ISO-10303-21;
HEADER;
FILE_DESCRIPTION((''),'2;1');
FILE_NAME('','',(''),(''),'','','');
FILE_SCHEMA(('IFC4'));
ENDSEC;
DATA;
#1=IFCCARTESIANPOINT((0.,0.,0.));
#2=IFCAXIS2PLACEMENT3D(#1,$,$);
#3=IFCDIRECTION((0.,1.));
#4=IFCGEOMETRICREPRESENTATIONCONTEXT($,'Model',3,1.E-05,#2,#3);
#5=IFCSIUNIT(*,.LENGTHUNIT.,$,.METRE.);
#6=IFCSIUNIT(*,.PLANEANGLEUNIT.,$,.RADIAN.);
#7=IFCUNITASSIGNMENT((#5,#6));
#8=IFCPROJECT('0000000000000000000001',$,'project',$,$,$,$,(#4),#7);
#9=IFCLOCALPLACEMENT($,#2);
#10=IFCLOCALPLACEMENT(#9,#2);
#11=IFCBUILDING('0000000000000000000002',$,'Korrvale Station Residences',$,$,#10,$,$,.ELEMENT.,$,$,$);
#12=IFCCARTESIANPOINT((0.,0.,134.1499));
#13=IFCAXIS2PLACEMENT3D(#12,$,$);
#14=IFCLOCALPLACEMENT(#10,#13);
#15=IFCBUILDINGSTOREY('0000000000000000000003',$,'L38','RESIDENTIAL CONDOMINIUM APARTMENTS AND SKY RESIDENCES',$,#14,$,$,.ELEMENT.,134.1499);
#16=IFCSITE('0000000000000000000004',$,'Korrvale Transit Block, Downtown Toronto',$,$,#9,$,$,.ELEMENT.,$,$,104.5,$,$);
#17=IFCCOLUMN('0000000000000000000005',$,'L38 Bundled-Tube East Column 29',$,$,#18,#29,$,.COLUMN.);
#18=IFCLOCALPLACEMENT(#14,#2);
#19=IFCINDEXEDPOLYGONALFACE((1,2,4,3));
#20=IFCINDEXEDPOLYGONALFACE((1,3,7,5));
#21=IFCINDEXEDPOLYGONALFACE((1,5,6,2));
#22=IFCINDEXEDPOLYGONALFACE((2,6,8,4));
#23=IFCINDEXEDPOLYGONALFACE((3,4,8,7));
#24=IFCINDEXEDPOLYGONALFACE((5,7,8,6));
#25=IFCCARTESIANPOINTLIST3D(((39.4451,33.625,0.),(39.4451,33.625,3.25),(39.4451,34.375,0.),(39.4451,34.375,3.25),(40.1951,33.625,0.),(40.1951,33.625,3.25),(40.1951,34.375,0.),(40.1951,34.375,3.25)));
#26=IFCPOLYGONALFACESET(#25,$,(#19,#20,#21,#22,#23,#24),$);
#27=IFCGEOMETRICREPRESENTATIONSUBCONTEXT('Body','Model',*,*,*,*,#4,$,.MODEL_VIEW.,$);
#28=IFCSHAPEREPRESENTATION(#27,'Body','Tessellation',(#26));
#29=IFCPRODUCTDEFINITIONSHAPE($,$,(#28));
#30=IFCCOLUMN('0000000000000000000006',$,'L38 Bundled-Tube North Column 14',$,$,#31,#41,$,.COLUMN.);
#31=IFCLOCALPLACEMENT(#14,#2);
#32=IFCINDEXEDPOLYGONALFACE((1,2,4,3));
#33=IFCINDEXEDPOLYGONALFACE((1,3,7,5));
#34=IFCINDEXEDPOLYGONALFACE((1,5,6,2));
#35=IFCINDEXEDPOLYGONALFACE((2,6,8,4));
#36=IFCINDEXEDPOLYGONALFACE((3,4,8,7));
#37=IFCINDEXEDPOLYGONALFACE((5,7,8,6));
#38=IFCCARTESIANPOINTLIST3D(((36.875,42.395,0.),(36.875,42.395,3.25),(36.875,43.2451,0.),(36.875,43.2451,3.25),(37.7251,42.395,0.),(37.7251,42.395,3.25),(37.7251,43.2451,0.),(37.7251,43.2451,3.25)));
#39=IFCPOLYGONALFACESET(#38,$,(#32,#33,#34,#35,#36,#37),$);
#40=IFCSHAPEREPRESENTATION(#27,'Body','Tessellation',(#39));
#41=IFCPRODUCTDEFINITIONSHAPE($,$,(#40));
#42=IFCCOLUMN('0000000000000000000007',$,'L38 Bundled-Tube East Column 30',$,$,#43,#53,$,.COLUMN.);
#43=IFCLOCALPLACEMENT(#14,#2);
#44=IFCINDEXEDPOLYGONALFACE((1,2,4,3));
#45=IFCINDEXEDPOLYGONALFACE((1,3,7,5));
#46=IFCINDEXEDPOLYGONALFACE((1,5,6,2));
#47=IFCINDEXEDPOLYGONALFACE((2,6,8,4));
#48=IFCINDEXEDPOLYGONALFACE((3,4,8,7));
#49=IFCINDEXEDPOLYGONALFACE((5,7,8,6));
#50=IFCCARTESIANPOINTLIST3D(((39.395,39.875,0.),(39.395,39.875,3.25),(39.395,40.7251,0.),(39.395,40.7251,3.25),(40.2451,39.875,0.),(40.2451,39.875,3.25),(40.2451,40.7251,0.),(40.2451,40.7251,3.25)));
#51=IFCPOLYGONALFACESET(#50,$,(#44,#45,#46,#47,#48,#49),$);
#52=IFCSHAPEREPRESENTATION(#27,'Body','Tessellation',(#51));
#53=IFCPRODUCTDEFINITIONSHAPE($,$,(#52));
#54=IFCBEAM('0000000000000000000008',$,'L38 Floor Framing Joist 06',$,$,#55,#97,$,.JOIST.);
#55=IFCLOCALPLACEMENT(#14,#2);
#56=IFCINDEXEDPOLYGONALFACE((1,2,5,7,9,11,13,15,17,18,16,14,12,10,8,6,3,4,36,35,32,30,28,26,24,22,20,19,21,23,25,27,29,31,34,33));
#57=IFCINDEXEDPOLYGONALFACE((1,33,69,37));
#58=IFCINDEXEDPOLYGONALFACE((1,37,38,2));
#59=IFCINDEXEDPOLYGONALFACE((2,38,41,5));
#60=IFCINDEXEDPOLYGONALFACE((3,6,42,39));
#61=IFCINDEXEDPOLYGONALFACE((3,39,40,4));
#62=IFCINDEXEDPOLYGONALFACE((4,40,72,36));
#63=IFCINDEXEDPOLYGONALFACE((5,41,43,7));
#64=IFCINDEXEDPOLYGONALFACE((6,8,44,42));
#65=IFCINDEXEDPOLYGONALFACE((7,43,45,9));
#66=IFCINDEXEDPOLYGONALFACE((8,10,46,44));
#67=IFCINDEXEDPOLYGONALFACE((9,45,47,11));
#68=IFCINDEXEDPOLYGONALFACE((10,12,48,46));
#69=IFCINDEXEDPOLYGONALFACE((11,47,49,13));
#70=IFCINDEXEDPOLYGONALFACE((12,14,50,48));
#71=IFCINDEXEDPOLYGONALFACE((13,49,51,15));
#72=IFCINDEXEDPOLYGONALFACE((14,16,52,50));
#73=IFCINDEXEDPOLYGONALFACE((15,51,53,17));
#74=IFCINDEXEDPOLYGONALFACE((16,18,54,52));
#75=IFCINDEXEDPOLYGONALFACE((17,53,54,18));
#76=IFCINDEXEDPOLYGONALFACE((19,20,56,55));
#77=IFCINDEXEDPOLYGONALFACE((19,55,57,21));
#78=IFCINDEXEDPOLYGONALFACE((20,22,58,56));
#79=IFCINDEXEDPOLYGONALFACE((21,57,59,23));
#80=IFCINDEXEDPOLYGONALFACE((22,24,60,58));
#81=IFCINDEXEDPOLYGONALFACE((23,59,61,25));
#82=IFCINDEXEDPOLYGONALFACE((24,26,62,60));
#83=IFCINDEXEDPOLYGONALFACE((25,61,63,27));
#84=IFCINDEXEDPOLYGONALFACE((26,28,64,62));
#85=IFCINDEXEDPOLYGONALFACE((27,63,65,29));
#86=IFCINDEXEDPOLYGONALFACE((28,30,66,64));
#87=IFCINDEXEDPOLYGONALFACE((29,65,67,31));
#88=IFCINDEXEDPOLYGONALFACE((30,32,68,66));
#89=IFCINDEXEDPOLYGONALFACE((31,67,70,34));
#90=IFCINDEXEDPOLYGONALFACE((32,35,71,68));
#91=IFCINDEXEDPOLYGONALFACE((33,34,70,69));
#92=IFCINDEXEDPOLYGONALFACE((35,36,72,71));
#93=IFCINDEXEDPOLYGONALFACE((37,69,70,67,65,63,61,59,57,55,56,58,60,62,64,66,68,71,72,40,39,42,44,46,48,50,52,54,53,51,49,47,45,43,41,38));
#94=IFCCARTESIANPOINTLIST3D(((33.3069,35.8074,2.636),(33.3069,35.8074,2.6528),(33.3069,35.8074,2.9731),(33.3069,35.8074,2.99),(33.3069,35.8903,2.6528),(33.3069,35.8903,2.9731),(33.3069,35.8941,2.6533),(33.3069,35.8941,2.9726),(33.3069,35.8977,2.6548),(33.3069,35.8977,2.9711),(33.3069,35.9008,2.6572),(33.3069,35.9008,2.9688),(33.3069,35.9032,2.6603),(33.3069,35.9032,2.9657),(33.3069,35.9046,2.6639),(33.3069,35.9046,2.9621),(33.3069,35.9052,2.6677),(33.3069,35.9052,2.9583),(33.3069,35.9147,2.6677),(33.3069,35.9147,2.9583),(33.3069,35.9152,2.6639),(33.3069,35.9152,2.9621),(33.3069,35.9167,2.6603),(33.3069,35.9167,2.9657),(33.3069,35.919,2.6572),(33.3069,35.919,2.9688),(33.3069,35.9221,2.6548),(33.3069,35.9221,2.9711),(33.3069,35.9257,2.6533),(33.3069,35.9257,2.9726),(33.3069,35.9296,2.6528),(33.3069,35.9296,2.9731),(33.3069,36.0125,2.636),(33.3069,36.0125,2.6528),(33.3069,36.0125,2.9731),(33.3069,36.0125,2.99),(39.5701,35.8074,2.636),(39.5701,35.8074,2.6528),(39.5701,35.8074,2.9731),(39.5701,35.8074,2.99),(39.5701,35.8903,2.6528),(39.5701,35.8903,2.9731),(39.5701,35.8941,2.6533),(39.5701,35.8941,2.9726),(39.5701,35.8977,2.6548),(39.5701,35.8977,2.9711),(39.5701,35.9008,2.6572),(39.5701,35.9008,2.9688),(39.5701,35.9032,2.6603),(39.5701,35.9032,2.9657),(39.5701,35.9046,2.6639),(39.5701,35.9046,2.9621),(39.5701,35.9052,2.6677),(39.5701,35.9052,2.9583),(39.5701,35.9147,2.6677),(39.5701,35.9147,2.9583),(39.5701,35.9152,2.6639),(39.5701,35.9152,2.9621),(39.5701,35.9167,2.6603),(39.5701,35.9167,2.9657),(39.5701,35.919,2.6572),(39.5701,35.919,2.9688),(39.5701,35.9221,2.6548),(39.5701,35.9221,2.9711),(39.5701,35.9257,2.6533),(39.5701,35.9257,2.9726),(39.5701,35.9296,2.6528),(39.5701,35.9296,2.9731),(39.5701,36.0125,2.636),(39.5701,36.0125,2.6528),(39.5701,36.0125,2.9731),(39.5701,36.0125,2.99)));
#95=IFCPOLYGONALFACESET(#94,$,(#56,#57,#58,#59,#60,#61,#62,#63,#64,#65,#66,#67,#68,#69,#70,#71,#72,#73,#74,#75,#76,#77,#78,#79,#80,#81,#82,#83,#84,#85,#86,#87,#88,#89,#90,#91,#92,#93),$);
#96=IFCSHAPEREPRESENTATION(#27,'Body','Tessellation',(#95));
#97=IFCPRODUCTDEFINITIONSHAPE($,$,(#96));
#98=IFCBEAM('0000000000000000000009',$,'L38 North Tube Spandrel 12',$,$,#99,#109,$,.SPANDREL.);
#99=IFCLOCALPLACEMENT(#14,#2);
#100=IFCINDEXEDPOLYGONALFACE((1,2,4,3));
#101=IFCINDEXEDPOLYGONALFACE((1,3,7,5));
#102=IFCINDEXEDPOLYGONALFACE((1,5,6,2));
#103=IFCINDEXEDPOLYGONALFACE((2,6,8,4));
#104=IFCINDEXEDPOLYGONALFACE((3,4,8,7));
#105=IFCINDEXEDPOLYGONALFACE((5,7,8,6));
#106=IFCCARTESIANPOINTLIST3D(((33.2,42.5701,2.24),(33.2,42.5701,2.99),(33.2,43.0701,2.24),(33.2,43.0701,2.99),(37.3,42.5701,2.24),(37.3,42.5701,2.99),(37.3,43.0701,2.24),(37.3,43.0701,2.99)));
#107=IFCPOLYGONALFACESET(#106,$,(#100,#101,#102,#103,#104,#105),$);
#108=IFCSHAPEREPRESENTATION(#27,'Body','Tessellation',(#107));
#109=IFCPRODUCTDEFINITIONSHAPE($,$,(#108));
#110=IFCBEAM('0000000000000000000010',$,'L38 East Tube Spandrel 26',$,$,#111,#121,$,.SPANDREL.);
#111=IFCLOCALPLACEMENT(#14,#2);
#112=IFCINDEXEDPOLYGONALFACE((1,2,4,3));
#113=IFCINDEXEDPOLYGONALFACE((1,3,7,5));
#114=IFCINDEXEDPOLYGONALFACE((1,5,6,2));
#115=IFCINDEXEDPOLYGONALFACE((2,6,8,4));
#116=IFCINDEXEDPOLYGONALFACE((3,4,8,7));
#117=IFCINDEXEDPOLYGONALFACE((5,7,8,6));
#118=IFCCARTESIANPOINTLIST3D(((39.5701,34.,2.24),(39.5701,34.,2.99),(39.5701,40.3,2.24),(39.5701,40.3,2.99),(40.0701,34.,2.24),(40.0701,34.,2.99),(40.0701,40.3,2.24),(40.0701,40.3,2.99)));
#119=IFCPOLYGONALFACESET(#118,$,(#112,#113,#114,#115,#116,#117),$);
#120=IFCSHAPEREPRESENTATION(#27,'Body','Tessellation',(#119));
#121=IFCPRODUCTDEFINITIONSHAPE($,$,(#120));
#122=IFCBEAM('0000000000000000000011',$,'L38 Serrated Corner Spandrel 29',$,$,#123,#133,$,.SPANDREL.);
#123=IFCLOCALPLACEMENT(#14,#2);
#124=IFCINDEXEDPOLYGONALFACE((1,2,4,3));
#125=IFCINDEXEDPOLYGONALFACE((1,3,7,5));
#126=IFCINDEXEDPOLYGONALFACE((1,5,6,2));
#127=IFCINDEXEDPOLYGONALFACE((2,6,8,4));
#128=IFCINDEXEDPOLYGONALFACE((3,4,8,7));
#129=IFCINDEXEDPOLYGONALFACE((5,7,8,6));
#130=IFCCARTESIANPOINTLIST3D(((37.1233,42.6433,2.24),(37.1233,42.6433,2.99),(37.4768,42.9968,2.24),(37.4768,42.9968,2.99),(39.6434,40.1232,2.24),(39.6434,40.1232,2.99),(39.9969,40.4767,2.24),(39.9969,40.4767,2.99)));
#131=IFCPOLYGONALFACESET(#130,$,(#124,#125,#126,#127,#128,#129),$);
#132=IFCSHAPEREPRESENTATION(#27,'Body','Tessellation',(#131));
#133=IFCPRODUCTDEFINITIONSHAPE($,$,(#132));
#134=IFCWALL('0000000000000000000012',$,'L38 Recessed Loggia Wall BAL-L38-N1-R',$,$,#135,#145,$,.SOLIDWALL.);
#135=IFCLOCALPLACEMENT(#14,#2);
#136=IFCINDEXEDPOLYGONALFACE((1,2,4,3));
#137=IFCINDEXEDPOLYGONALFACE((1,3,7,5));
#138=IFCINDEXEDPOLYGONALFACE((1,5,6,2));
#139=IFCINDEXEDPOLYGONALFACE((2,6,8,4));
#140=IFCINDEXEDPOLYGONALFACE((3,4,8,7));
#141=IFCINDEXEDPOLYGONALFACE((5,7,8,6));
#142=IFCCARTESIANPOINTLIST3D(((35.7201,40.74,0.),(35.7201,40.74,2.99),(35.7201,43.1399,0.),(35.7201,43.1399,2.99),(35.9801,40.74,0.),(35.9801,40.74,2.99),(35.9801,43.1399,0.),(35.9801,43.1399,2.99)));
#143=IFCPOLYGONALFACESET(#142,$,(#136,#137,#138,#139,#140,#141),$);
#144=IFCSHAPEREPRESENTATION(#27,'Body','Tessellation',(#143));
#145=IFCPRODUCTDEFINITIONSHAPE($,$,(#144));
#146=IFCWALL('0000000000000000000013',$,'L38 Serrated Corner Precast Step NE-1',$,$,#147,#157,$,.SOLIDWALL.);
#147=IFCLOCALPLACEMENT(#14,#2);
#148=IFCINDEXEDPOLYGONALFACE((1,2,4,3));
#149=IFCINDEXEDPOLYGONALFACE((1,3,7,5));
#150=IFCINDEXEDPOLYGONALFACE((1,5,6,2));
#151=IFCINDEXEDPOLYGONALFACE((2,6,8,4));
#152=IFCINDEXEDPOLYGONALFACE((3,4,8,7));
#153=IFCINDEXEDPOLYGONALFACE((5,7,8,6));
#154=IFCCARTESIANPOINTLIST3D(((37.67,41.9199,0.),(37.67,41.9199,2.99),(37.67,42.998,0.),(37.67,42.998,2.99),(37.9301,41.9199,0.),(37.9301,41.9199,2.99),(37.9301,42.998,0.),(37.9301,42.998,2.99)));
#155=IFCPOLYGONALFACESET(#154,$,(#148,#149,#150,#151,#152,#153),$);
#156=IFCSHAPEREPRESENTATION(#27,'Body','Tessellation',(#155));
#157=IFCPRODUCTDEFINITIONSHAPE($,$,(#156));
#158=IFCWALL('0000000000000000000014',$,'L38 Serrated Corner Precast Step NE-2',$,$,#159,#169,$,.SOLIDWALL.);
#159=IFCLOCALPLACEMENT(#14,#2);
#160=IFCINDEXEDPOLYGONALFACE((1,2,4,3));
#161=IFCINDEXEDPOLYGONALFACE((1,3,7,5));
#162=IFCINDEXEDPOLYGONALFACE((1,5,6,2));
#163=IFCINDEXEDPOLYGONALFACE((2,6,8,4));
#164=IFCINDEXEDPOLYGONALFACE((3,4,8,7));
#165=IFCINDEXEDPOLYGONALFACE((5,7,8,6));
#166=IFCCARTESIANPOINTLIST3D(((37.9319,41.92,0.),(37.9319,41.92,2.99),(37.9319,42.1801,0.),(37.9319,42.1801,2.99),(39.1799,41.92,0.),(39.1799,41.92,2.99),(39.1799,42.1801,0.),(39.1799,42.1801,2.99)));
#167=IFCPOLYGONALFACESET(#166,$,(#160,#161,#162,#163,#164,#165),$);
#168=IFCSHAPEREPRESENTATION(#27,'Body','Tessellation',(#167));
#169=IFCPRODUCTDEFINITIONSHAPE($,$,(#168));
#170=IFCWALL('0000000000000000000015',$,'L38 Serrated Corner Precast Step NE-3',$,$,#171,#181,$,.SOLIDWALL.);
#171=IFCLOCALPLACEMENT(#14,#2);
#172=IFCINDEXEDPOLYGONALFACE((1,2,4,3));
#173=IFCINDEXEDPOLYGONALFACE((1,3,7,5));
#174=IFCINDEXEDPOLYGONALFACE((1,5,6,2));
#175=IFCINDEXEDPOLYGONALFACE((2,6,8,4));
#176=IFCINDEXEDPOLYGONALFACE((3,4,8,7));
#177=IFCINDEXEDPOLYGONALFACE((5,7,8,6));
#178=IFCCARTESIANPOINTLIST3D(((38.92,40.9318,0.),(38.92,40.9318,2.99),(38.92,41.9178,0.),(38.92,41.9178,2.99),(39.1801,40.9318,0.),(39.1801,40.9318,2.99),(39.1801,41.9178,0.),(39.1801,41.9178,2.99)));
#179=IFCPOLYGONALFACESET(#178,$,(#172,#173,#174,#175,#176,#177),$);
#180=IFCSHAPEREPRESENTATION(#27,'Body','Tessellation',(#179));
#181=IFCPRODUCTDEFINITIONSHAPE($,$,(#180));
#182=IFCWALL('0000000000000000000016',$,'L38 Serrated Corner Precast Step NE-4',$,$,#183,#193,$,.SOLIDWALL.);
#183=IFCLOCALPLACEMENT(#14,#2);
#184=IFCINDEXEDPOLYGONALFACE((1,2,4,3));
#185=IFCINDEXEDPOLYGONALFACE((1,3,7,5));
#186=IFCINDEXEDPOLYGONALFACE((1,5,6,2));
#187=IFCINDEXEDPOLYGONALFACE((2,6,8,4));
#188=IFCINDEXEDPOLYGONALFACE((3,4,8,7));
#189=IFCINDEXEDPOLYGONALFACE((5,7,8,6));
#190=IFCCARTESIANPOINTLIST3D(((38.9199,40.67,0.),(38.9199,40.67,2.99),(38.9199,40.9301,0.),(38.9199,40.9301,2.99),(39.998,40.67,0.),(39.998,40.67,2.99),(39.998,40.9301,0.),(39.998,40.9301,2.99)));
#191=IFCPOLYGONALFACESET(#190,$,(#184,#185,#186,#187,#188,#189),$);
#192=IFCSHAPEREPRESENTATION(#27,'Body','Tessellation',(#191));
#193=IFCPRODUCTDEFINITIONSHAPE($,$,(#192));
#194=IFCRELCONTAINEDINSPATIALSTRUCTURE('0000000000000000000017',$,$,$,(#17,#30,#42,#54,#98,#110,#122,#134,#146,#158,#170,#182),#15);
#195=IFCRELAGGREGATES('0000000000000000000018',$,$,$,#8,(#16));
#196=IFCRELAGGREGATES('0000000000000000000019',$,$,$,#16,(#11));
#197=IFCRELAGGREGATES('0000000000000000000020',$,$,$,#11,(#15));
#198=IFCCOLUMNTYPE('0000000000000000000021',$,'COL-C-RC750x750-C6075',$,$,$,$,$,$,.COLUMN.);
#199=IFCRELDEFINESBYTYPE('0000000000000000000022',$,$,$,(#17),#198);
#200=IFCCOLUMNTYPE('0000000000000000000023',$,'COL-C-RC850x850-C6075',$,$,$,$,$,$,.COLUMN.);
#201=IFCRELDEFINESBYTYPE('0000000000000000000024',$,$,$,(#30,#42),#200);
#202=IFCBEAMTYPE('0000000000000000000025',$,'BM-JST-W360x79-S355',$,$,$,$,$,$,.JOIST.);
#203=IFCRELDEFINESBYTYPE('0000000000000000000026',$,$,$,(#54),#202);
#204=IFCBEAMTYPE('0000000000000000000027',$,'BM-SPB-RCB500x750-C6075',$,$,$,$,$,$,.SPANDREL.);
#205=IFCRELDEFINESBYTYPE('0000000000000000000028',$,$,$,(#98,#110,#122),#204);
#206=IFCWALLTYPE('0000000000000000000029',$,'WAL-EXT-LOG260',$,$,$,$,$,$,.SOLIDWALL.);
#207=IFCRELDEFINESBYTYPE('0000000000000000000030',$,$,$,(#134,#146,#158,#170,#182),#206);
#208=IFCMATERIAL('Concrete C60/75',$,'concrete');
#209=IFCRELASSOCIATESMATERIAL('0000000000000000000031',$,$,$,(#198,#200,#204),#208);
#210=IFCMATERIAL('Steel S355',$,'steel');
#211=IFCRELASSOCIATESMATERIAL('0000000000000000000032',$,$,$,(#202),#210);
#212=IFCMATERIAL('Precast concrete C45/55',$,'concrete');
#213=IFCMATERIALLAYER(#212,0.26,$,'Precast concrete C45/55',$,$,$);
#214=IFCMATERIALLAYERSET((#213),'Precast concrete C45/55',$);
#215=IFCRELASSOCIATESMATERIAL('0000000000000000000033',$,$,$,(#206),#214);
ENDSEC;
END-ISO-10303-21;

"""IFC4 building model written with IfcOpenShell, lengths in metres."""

from ifc_helpers import new_model, si_unit, direction, frame, frame_2d, origin, origin_2d, place, context, subcontext, project, spatial, rectangle, i_section, extrude, material, layer, layer_set, material_profile, profile_set, type_object, element, save


model = new_model("IFC4")

# Units and contexts
model_context = context("Model", 3, precision=1e-05, world=origin(), true_north=direction((0.0, 1.0)))
body_context = subcontext(model_context, "Body", "Model", "MODEL_VIEW")
ifc_project = project(units=[si_unit("LENGTHUNIT", "METRE"), si_unit("PLANEANGLEUNIT", "RADIAN")], contexts=[model_context])

# Site, building, storey
site_placement = place(None, origin())
site = spatial("IfcSite", under=ifc_project, at=site_placement, Name="Korrvale Transit Block, Downtown Toronto", CompositionType="ELEMENT", RefElevation=104.5)
building_placement = place(site_placement, origin())
building = spatial("IfcBuilding", under=site, at=building_placement, Name="Korrvale Station Residences", CompositionType="ELEMENT")
storey_placement = place(building_placement, frame((0.0, 0.0, 134.1499)))
storey = spatial("IfcBuildingStorey", under=building, at=storey_placement, Name="L38", Description="RESIDENTIAL CONDOMINIUM APARTMENTS AND SKY RESIDENCES", CompositionType="ELEMENT", Elevation=134.1499)

# Columns
ifc_material_1 = material(Name="Concrete C60/75", Category="concrete")
ifc_material_profile_1 = material_profile(ifc_material_1, rectangle(XDim=0.75, YDim=0.75, at=origin_2d()), Name="RC750x750")
ifc_profile_set_1 = profile_set([ifc_material_profile_1], Name="Concrete C60/75")
column_type_1 = type_object("IfcColumnType", Name="COL-C-RC750x750-C6075", PredefinedType="COLUMN", material=ifc_profile_set_1)
column_placement = place(storey_placement, frame((39.8201, 34.0, 0.0), z_axis=(0.0, 0.0, 1.0), x_axis=(1.0, 0.0, 0.0)))
element("IfcColumn", 1, at=column_placement, inside=storey, type_object=column_type_1, Name="L38 Bundled-Tube East Column 29", PredefinedType="COLUMN", context=body_context, shape_type="SweptSolid", body=[
    extrude(rectangle(XDim=0.75, YDim=0.75, at=origin_2d()), origin(), (0.0, 0.0, 1.0), 3.25),
])
ifc_material_profile_2 = material_profile(ifc_material_1, rectangle(XDim=0.8501, YDim=0.8501, at=origin_2d()), Name="RC850x850")
ifc_profile_set_2 = profile_set([ifc_material_profile_2], Name="Concrete C60/75")
column_type_2 = type_object("IfcColumnType", Name="COL-C-RC850x850-C6075", PredefinedType="COLUMN", material=ifc_profile_set_2)
for number, where, z_axis, x_axis, name in (
    (2, (37.3, 42.8201, 0.0), (0.0, 0.0, 1.0), (1.0, 0.0, 0.0), "L38 Bundled-Tube North Column 14"),
    (3, (39.8201, 40.3, 0.0), (0.0, 0.0, 1.0), (1.0, 0.0, 0.0), "L38 Bundled-Tube East Column 30"),
):
    element("IfcColumn", number, at=place(storey_placement, frame(where, z_axis=z_axis, x_axis=x_axis)), inside=storey, type_object=column_type_2, Name=name, PredefinedType="COLUMN", context=body_context, shape_type="SweptSolid", body=[
        extrude(rectangle(XDim=0.8501, YDim=0.8501, at=origin_2d()), origin(), (0.0, 0.0, 1.0), 3.25),
    ])

# Beams
ifc_material_2 = material(Name="Steel S355", Category="steel")
ifc_material_profile_3 = material_profile(ifc_material_2, i_section(OverallWidth=0.2051, OverallDepth=0.354, WebThickness=0.0095, FlangeThickness=0.0168, FilletRadius=0.0149, at=origin_2d()), Name="W360x79")
ifc_profile_set_3 = profile_set([ifc_material_profile_3], Name="Steel S355")
beam_type_1 = type_object("IfcBeamType", Name="BM-JST-W360x79-S355", PredefinedType="JOIST", material=ifc_profile_set_3)
beam_1_placement = place(storey_placement, frame((33.3069, 35.9099, 2.813), z_axis=(1.0, 0.0, 0.0), x_axis=(0.0, 1.0, 0.0)))
element("IfcBeam", 4, at=beam_1_placement, inside=storey, type_object=beam_type_1, Name="L38 Floor Framing Joist 06", PredefinedType="JOIST", context=body_context, shape_type="SweptSolid", body=[
    extrude(i_section(OverallWidth=0.2051, OverallDepth=0.354, WebThickness=0.0095, FlangeThickness=0.0168, FilletRadius=0.0149, at=origin_2d()), origin(), (0.0, 0.0, 1.0), 6.2632),
])
ifc_material_profile_4 = material_profile(ifc_material_1, rectangle(XDim=0.5, YDim=0.75, at=origin_2d()), Name="RCB500x750")
ifc_profile_set_4 = profile_set([ifc_material_profile_4], Name="Concrete C60/75")
beam_type_2 = type_object("IfcBeamType", Name="BM-SPB-RCB500x750-C6075", PredefinedType="SPANDREL", material=ifc_profile_set_4)
beam_2_placement = place(storey_placement, frame((33.2, 42.8201, 2.615), z_axis=(1.0, 0.0, 0.0), x_axis=(0.0, 1.0, 0.0)))
element("IfcBeam", 5, at=beam_2_placement, inside=storey, type_object=beam_type_2, Name="L38 North Tube Spandrel 12", PredefinedType="SPANDREL", context=body_context, shape_type="SweptSolid", body=[
    extrude(rectangle(XDim=0.5, YDim=0.75, at=origin_2d()), origin(), (0.0, 0.0, 1.0), 4.1001),
])
beam_3_placement = place(storey_placement, frame((39.8201, 34.0, 2.615), z_axis=(0.0, 1.0, 0.0), x_axis=(-1.0, 0.0, 0.0)))
element("IfcBeam", 6, at=beam_3_placement, inside=storey, type_object=beam_type_2, Name="L38 East Tube Spandrel 26", PredefinedType="SPANDREL", context=body_context, shape_type="SweptSolid", body=[
    extrude(rectangle(XDim=0.5, YDim=0.75, at=origin_2d()), origin(), (0.0, 0.0, 1.0), 6.3),
])
beam_4_placement = place(storey_placement, frame((37.3, 42.8201, 2.615), z_axis=(0.707107, -0.707107, 0.0), x_axis=(0.707107, 0.707107, 0.0)))
element("IfcBeam", 7, at=beam_4_placement, inside=storey, type_object=beam_type_2, Name="L38 Serrated Corner Spandrel 29", PredefinedType="SPANDREL", context=body_context, shape_type="SweptSolid", body=[
    extrude(rectangle(XDim=0.5, YDim=0.75, at=origin_2d()), origin(), (0.0, 0.0, 1.0), 3.564),
])

# Walls
ifc_material_3 = material(Name="Precast concrete C45/55", Category="concrete")
ifc_layer_1 = layer(ifc_material_3, 0.26, Name="Precast concrete C45/55")
ifc_layer_set_1 = layer_set([ifc_layer_1], Name="Precast concrete C45/55")
wall_type_1 = type_object("IfcWallType", Name="WAL-EXT-LOG260", PredefinedType="SOLIDWALL", material=ifc_layer_set_1)
wall_1_placement = place(storey_placement, frame((35.8501, 40.74, 0.0), z_axis=(0.0, 0.0, 1.0), x_axis=(0.0, 1.0, 0.0)))
element("IfcWall", 8, at=wall_1_placement, inside=storey, type_object=wall_type_1, Name="L38 Recessed Loggia Wall BAL-L38-N1-R", PredefinedType="SOLIDWALL", context=body_context, shape_type="SweptSolid", body=[
    extrude(rectangle(XDim=2.3999, YDim=0.26, at=frame_2d((1.2, 0.0))), origin(), (0.0, 0.0, 1.0), 2.99),
])
wall_2_placement = place(storey_placement, frame((37.8, 42.998, 0.0), z_axis=(0.0, 0.0, 1.0), x_axis=(0.0, -1.0, 0.0)))
element("IfcWall", 9, at=wall_2_placement, inside=storey, type_object=wall_type_1, Name="L38 Serrated Corner Precast Step NE-1", PredefinedType="SOLIDWALL", context=body_context, shape_type="SweptSolid", body=[
    extrude(rectangle(XDim=1.0781, YDim=0.26, at=frame_2d((0.5391, 0.0))), origin(), (0.0, 0.0, 1.0), 2.99),
])
wall_3_placement = place(storey_placement, frame((37.9319, 42.05, 0.0), z_axis=(0.0, 0.0, 1.0), x_axis=(1.0, 0.0, 0.0)))
element("IfcWall", 10, at=wall_3_placement, inside=storey, type_object=wall_type_1, Name="L38 Serrated Corner Precast Step NE-2", PredefinedType="SOLIDWALL", context=body_context, shape_type="SweptSolid", body=[
    extrude(rectangle(XDim=1.248, YDim=0.26, at=frame_2d((0.624, 0.0))), origin(), (0.0, 0.0, 1.0), 2.99),
])
wall_4_placement = place(storey_placement, frame((39.05, 41.918, 0.0), z_axis=(0.0, 0.0, 1.0), x_axis=(0.0, -1.0, 0.0)))
element("IfcWall", 11, at=wall_4_placement, inside=storey, type_object=wall_type_1, Name="L38 Serrated Corner Precast Step NE-3", PredefinedType="SOLIDWALL", context=body_context, shape_type="SweptSolid", body=[
    extrude(rectangle(XDim=0.9861, YDim=0.26, at=frame_2d((0.4932, 0.0))), origin(), (0.0, 0.0, 1.0), 2.99),
])
wall_5_placement = place(storey_placement, frame((38.9199, 40.8, 0.0), z_axis=(0.0, 0.0, 1.0), x_axis=(1.0, 0.0, 0.0)))
element("IfcWall", 12, at=wall_5_placement, inside=storey, type_object=wall_type_1, Name="L38 Serrated Corner Precast Step NE-4", PredefinedType="SOLIDWALL", context=body_context, shape_type="SweptSolid", body=[
    extrude(rectangle(XDim=1.0781, YDim=0.26, at=frame_2d((0.5391, 0.0))), origin(), (0.0, 0.0, 1.0), 2.99),
])

save(model, "model.ifc")
